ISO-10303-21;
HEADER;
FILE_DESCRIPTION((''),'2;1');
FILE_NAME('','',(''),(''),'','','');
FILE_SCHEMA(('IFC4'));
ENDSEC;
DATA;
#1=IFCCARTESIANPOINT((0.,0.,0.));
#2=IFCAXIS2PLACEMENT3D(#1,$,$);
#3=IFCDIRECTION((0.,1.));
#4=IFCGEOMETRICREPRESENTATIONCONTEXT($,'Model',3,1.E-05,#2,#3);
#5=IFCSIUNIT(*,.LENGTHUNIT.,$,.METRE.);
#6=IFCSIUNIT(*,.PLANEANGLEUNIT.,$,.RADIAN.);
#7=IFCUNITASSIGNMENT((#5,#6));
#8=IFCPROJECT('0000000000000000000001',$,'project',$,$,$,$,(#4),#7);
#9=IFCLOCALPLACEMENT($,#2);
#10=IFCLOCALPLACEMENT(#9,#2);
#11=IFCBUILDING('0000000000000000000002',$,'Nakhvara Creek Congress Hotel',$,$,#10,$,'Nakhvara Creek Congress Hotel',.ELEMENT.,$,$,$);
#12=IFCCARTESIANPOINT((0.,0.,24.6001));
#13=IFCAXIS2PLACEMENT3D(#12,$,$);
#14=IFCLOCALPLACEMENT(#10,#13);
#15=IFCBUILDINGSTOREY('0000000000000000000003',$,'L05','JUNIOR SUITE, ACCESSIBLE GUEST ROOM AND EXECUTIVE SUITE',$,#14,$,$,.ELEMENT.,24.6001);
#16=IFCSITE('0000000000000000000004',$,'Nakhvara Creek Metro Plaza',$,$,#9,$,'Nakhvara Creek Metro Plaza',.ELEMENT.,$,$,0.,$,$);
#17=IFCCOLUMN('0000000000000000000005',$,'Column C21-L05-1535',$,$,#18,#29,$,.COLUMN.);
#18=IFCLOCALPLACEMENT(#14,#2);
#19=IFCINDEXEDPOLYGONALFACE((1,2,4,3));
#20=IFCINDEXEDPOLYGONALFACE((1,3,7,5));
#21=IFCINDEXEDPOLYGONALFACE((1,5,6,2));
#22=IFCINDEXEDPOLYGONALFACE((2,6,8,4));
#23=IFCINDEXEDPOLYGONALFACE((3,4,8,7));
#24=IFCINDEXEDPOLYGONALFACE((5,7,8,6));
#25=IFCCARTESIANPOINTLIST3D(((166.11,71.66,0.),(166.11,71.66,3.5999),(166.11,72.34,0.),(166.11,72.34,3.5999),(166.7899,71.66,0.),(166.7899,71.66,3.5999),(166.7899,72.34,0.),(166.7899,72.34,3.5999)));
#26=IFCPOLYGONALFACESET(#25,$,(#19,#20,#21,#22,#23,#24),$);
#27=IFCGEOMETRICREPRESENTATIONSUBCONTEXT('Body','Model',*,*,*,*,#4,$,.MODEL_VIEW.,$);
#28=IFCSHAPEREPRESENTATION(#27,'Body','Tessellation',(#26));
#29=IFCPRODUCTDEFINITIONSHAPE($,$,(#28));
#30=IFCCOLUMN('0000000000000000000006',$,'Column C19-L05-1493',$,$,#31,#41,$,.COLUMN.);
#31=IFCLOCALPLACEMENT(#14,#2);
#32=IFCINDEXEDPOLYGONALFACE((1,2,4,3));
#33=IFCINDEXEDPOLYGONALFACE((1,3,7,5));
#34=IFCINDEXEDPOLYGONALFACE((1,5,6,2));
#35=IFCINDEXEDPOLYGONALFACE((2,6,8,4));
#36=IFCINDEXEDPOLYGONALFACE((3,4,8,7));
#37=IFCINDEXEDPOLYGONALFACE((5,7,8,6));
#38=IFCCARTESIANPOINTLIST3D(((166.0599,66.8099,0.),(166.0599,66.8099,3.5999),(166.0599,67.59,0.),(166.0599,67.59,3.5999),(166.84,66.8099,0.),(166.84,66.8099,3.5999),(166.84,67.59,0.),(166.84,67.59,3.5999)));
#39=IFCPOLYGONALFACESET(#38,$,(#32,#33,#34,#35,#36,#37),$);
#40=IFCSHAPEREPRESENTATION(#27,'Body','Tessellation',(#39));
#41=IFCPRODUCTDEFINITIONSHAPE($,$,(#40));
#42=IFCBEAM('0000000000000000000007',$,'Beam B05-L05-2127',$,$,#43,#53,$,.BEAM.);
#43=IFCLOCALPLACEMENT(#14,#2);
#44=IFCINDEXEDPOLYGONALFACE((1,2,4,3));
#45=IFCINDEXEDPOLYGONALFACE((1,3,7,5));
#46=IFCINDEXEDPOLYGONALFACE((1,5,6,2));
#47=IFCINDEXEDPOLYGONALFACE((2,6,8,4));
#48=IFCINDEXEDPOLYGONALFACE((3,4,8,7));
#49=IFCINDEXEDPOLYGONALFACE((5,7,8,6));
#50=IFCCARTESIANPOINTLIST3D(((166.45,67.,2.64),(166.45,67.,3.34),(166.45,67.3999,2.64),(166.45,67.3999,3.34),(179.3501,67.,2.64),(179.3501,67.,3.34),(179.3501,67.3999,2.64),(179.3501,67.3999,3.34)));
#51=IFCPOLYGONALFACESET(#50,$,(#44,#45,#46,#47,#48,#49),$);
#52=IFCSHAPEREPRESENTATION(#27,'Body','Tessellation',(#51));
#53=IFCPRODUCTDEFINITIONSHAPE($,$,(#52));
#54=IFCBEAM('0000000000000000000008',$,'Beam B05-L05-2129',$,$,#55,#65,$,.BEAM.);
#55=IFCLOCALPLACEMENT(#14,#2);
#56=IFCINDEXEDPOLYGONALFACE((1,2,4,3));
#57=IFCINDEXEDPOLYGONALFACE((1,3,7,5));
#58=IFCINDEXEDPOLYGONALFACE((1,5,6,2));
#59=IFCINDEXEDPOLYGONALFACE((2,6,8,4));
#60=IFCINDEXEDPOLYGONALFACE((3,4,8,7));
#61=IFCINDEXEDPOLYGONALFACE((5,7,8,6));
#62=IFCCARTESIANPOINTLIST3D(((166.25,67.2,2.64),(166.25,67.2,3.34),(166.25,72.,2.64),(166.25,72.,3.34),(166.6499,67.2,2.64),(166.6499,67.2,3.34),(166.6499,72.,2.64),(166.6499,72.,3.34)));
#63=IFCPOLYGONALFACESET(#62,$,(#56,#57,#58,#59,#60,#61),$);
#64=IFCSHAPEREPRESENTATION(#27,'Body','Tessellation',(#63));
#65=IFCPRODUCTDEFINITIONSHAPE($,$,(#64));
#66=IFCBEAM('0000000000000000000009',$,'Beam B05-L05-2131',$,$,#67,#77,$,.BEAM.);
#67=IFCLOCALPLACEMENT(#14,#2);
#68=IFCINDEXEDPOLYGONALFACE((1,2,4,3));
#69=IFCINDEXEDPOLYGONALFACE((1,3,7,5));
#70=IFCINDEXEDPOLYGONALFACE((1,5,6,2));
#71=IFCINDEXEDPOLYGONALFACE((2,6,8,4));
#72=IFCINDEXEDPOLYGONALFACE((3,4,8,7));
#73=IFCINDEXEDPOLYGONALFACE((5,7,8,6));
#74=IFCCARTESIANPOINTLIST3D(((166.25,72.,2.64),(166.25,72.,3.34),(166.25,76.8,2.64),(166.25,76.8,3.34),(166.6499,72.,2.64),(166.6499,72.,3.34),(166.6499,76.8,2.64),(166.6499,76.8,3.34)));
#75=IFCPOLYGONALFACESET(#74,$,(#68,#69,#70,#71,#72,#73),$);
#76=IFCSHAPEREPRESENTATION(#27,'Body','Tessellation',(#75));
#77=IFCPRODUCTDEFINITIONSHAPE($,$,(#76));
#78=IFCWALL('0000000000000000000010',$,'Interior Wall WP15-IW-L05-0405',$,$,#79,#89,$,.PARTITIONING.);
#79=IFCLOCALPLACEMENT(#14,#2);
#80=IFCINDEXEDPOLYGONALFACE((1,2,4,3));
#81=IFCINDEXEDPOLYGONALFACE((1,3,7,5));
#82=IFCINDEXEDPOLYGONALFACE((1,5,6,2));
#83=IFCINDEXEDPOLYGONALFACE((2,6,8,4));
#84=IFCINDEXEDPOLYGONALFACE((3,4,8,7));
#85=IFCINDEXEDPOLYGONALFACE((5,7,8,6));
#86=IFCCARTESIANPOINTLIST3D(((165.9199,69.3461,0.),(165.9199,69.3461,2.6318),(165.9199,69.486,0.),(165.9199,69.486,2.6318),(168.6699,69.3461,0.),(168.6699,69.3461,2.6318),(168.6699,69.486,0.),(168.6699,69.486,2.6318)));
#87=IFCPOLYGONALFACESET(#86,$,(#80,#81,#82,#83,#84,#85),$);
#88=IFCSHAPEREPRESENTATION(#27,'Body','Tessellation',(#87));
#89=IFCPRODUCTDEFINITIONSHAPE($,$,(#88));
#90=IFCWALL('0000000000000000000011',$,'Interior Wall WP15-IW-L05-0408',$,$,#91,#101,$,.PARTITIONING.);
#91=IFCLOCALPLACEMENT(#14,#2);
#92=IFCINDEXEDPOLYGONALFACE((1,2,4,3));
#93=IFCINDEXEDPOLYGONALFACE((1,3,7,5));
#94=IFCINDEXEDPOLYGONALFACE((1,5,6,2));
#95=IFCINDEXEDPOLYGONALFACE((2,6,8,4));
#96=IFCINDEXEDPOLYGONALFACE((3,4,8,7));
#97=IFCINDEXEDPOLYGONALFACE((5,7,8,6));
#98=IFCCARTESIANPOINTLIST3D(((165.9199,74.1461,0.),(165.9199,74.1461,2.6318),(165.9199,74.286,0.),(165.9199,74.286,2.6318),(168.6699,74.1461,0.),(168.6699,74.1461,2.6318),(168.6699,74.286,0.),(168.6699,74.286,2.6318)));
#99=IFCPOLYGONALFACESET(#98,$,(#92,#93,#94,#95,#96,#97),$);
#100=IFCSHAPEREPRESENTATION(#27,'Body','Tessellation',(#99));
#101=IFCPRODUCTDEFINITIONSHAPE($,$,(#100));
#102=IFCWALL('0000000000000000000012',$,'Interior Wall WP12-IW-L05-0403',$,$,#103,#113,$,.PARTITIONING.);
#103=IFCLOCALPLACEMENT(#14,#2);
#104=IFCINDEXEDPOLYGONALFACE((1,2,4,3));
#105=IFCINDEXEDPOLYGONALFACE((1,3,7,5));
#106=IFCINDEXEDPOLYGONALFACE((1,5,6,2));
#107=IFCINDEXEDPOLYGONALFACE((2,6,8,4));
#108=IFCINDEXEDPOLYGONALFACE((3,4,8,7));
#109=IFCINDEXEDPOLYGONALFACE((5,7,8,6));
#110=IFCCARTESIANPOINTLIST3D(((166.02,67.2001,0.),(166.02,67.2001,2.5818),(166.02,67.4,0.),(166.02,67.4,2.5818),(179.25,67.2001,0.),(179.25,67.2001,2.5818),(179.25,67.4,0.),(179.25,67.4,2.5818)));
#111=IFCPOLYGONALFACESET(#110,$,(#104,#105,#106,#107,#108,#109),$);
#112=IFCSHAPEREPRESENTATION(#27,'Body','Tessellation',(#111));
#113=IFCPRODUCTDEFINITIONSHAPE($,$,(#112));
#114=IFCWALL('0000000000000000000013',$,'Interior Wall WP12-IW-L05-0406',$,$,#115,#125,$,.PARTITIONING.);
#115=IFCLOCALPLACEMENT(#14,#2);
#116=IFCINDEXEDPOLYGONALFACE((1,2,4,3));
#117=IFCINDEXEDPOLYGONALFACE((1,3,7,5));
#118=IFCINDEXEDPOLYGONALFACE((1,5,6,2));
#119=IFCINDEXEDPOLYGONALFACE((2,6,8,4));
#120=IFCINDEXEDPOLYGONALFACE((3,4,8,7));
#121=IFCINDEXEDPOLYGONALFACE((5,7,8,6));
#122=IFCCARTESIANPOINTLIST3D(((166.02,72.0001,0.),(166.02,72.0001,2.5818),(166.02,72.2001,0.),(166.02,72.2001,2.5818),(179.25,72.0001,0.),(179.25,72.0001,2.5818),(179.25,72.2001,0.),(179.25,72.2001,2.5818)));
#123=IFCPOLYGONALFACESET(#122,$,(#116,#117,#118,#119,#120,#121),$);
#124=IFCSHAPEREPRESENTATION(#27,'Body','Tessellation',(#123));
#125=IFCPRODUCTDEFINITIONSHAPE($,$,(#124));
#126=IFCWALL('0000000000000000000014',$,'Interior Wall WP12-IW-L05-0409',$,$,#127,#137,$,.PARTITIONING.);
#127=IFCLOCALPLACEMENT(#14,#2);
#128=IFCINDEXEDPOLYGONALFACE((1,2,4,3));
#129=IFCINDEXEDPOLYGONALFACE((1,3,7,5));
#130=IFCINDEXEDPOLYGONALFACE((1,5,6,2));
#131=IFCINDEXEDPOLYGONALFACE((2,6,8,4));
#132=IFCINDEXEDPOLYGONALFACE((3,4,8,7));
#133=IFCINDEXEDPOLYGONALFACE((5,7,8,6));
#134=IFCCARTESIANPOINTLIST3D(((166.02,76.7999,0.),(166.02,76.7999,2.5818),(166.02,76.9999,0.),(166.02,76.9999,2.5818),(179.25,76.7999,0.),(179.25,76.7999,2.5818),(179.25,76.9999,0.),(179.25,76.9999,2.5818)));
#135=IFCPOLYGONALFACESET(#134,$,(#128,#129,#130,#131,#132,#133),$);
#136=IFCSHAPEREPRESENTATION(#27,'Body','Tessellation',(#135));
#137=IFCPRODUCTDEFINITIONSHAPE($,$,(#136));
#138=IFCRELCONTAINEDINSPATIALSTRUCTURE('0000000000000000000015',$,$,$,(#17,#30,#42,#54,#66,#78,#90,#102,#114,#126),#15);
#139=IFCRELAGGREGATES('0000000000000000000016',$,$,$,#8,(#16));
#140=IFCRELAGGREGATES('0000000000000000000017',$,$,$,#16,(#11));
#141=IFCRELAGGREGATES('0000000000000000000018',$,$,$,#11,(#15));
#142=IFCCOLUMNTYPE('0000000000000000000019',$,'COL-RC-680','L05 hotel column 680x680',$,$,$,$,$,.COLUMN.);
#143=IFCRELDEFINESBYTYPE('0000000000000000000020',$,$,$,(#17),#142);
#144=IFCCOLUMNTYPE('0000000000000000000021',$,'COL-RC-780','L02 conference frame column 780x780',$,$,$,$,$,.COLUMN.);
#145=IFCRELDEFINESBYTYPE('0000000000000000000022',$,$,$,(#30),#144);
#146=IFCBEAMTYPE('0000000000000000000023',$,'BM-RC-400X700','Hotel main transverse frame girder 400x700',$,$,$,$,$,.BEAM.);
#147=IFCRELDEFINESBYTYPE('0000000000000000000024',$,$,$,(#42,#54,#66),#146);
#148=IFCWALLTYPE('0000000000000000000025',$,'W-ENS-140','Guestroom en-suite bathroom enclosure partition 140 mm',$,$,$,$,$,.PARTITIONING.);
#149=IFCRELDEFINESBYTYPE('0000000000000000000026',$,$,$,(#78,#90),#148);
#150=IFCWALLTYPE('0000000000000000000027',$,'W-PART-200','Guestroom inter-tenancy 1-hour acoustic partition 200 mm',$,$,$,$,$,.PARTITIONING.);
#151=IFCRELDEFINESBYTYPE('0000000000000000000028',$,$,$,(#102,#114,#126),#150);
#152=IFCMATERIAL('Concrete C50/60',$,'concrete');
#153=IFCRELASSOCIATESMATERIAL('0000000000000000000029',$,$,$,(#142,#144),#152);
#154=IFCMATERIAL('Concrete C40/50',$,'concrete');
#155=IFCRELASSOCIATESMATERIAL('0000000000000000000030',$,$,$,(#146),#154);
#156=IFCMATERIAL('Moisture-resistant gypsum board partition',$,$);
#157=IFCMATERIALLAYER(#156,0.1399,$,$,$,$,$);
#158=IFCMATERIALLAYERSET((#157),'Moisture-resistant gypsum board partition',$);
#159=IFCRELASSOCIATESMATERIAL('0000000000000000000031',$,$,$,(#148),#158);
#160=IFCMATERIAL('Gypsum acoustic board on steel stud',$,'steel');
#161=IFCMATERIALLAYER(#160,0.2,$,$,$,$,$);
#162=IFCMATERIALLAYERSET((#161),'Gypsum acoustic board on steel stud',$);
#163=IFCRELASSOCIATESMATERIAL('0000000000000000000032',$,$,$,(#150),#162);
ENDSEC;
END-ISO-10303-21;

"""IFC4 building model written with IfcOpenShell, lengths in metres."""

from ifc_helpers import new_model, si_unit, direction, frame, frame_2d, origin, origin_2d, place, context, subcontext, project, spatial, rectangle, extrude, material, layer, layer_set, material_profile, profile_set, type_object, element, save


model = new_model("IFC4")

# Units and contexts
model_context = context("Model", 3, precision=1e-05, world=origin(), true_north=direction((0.0, 1.0)))
body_context = subcontext(model_context, "Body", "Model", "MODEL_VIEW")
ifc_project = project(units=[si_unit("LENGTHUNIT", "METRE"), si_unit("PLANEANGLEUNIT", "RADIAN")], contexts=[model_context])

# Site, building, storey
site_placement = place(None, origin())
site = spatial("IfcSite", under=ifc_project, at=site_placement, Name="Nakhvara Creek Metro Plaza", LongName="Nakhvara Creek Metro Plaza", CompositionType="ELEMENT", RefElevation=0.0)
building_placement = place(site_placement, origin())
building = spatial("IfcBuilding", under=site, at=building_placement, Name="Nakhvara Creek Congress Hotel", LongName="Nakhvara Creek Congress Hotel", CompositionType="ELEMENT")
storey_placement = place(building_placement, frame((0.0, 0.0, 24.6001)))
storey = spatial("IfcBuildingStorey", under=building, at=storey_placement, Name="L05", Description="JUNIOR SUITE, ACCESSIBLE GUEST ROOM AND EXECUTIVE SUITE", CompositionType="ELEMENT", Elevation=24.6001)

# Columns
ifc_material_1 = material(Name="Concrete C50/60", Category="concrete")
ifc_material_profile_1 = material_profile(ifc_material_1, rectangle(XDim=0.6799, YDim=0.6799, at=origin_2d()), Name="RC-COL 680x680", Category="LoadBearing")
ifc_profile_set_1 = profile_set([ifc_material_profile_1], Name="Concrete C50/60")
column_type_1 = type_object("IfcColumnType", Name="COL-RC-680", Description="L05 hotel column 680x680", PredefinedType="COLUMN", material=ifc_profile_set_1)
column_1_placement = place(storey_placement, frame((166.45, 72.0, 0.0), z_axis=(0.0, 0.0, 1.0), x_axis=(1.0, 0.0, 0.0)))
element("IfcColumn", 1, at=column_1_placement, inside=storey, type_object=column_type_1, Name="Column C21-L05-1535", PredefinedType="COLUMN", context=body_context, shape_type="SweptSolid", body=[
    extrude(rectangle(XDim=0.6799, YDim=0.6799, at=origin_2d()), origin(), (0.0, 0.0, 1.0), 3.5999),
])
ifc_material_profile_2 = material_profile(ifc_material_1, rectangle(XDim=0.78, YDim=0.78, at=origin_2d()), Name="RC-COL 780x780", Category="LoadBearing")
ifc_profile_set_2 = profile_set([ifc_material_profile_2], Name="Concrete C50/60")
column_type_2 = type_object("IfcColumnType", Name="COL-RC-780", Description="L02 conference frame column 780x780", PredefinedType="COLUMN", material=ifc_profile_set_2)
column_2_placement = place(storey_placement, frame((166.45, 67.2, 0.0), z_axis=(0.0, 0.0, 1.0), x_axis=(1.0, 0.0, 0.0)))
element("IfcColumn", 2, at=column_2_placement, inside=storey, type_object=column_type_2, Name="Column C19-L05-1493", PredefinedType="COLUMN", context=body_context, shape_type="SweptSolid", body=[
    extrude(rectangle(XDim=0.78, YDim=0.78, at=origin_2d()), origin(), (0.0, 0.0, 1.0), 3.5999),
])

# Beams
ifc_material_2 = material(Name="Concrete C40/50", Category="concrete")
ifc_material_profile_3 = material_profile(ifc_material_2, rectangle(XDim=0.3999, YDim=0.7, at=origin_2d()), Name="RC-BM 400x700", Category="LoadBearing")
ifc_profile_set_3 = profile_set([ifc_material_profile_3], Name="Concrete C40/50")
beam_type = type_object("IfcBeamType", Name="BM-RC-400X700", Description="Hotel main transverse frame girder 400x700", PredefinedType="BEAM", material=ifc_profile_set_3)
beam_placement = place(storey_placement, frame((166.45, 67.2, 2.99), z_axis=(1.0, 0.0, 0.0), x_axis=(0.0, 1.0, 0.0)))
element("IfcBeam", 3, at=beam_placement, inside=storey, type_object=beam_type, Name="Beam B05-L05-2127", PredefinedType="BEAM", context=body_context, shape_type="SweptSolid", body=[
    extrude(rectangle(XDim=0.3999, YDim=0.7, at=origin_2d()), origin(), (0.0, 0.0, 1.0), 12.9001),
])
for number, where, z_axis, x_axis, name in (
    (4, (166.45, 67.2, 2.99), (0.0, 1.0, 0.0), (-1.0, 0.0, 0.0), "Beam B05-L05-2129"),
    (5, (166.45, 72.0, 2.99), (0.0, 1.0, 0.0), (-1.0, 0.0, 0.0), "Beam B05-L05-2131"),
):
    element("IfcBeam", number, at=place(storey_placement, frame(where, z_axis=z_axis, x_axis=x_axis)), inside=storey, type_object=beam_type, Name=name, PredefinedType="BEAM", context=body_context, shape_type="SweptSolid", body=[
        extrude(rectangle(XDim=0.3999, YDim=0.7, at=origin_2d()), origin(), (0.0, 0.0, 1.0), 4.8),
    ])

# Shared definitions
ifc_material_3 = material(Name="Gypsum acoustic board on steel stud", Category="steel")

# Walls
ifc_material_4 = material(Name="Moisture-resistant gypsum board partition")
ifc_layer_1 = layer(ifc_material_4, 0.1399)
ifc_layer_set_1 = layer_set([ifc_layer_1], Name="Moisture-resistant gypsum board partition")
wall_type_1 = type_object("IfcWallType", Name="W-ENS-140", Description="Guestroom en-suite bathroom enclosure partition 140 mm", PredefinedType="PARTITIONING", material=ifc_layer_set_1)
for number, where, z_axis, x_axis, name in (
    (6, (165.9199, 69.416, 0.0), (0.0, 0.0, 1.0), (1.0, 0.0, 0.0), "Interior Wall WP15-IW-L05-0405"),
    (7, (165.9199, 74.2161, 0.0), (0.0, 0.0, 1.0), (1.0, 0.0, 0.0), "Interior Wall WP15-IW-L05-0408"),
):
    element("IfcWall", number, at=place(storey_placement, frame(where, z_axis=z_axis, x_axis=x_axis)), inside=storey, type_object=wall_type_1, Name=name, PredefinedType="PARTITIONING", context=body_context, shape_type="SweptSolid", body=[
        extrude(rectangle(XDim=2.75, YDim=0.1399, at=frame_2d((1.375, 0.0))), origin(), (0.0, 0.0, 1.0), 2.6318),
    ])
ifc_layer_2 = layer(ifc_material_3, 0.2)
ifc_layer_set_2 = layer_set([ifc_layer_2], Name="Gypsum acoustic board on steel stud")
wall_type_2 = type_object("IfcWallType", Name="W-PART-200", Description="Guestroom inter-tenancy 1-hour acoustic partition 200 mm", PredefinedType="PARTITIONING", material=ifc_layer_set_2)
for number, where, z_axis, x_axis, name in (
    (8, (166.02, 67.3, 0.0), (0.0, 0.0, 1.0), (1.0, 0.0, 0.0), "Interior Wall WP12-IW-L05-0403"),
    (9, (166.02, 72.1001, 0.0), (0.0, 0.0, 1.0), (1.0, 0.0, 0.0), "Interior Wall WP12-IW-L05-0406"),
    (10, (166.02, 76.8999, 0.0), (0.0, 0.0, 1.0), (1.0, 0.0, 0.0), "Interior Wall WP12-IW-L05-0409"),
):
    element("IfcWall", number, at=place(storey_placement, frame(where, z_axis=z_axis, x_axis=x_axis)), inside=storey, type_object=wall_type_2, Name=name, PredefinedType="PARTITIONING", context=body_context, shape_type="SweptSolid", body=[
        extrude(rectangle(XDim=13.23, YDim=0.2, at=frame_2d((6.615, 0.0))), origin(), (0.0, 0.0, 1.0), 2.5818),
    ])

save(model, "model.ifc")
